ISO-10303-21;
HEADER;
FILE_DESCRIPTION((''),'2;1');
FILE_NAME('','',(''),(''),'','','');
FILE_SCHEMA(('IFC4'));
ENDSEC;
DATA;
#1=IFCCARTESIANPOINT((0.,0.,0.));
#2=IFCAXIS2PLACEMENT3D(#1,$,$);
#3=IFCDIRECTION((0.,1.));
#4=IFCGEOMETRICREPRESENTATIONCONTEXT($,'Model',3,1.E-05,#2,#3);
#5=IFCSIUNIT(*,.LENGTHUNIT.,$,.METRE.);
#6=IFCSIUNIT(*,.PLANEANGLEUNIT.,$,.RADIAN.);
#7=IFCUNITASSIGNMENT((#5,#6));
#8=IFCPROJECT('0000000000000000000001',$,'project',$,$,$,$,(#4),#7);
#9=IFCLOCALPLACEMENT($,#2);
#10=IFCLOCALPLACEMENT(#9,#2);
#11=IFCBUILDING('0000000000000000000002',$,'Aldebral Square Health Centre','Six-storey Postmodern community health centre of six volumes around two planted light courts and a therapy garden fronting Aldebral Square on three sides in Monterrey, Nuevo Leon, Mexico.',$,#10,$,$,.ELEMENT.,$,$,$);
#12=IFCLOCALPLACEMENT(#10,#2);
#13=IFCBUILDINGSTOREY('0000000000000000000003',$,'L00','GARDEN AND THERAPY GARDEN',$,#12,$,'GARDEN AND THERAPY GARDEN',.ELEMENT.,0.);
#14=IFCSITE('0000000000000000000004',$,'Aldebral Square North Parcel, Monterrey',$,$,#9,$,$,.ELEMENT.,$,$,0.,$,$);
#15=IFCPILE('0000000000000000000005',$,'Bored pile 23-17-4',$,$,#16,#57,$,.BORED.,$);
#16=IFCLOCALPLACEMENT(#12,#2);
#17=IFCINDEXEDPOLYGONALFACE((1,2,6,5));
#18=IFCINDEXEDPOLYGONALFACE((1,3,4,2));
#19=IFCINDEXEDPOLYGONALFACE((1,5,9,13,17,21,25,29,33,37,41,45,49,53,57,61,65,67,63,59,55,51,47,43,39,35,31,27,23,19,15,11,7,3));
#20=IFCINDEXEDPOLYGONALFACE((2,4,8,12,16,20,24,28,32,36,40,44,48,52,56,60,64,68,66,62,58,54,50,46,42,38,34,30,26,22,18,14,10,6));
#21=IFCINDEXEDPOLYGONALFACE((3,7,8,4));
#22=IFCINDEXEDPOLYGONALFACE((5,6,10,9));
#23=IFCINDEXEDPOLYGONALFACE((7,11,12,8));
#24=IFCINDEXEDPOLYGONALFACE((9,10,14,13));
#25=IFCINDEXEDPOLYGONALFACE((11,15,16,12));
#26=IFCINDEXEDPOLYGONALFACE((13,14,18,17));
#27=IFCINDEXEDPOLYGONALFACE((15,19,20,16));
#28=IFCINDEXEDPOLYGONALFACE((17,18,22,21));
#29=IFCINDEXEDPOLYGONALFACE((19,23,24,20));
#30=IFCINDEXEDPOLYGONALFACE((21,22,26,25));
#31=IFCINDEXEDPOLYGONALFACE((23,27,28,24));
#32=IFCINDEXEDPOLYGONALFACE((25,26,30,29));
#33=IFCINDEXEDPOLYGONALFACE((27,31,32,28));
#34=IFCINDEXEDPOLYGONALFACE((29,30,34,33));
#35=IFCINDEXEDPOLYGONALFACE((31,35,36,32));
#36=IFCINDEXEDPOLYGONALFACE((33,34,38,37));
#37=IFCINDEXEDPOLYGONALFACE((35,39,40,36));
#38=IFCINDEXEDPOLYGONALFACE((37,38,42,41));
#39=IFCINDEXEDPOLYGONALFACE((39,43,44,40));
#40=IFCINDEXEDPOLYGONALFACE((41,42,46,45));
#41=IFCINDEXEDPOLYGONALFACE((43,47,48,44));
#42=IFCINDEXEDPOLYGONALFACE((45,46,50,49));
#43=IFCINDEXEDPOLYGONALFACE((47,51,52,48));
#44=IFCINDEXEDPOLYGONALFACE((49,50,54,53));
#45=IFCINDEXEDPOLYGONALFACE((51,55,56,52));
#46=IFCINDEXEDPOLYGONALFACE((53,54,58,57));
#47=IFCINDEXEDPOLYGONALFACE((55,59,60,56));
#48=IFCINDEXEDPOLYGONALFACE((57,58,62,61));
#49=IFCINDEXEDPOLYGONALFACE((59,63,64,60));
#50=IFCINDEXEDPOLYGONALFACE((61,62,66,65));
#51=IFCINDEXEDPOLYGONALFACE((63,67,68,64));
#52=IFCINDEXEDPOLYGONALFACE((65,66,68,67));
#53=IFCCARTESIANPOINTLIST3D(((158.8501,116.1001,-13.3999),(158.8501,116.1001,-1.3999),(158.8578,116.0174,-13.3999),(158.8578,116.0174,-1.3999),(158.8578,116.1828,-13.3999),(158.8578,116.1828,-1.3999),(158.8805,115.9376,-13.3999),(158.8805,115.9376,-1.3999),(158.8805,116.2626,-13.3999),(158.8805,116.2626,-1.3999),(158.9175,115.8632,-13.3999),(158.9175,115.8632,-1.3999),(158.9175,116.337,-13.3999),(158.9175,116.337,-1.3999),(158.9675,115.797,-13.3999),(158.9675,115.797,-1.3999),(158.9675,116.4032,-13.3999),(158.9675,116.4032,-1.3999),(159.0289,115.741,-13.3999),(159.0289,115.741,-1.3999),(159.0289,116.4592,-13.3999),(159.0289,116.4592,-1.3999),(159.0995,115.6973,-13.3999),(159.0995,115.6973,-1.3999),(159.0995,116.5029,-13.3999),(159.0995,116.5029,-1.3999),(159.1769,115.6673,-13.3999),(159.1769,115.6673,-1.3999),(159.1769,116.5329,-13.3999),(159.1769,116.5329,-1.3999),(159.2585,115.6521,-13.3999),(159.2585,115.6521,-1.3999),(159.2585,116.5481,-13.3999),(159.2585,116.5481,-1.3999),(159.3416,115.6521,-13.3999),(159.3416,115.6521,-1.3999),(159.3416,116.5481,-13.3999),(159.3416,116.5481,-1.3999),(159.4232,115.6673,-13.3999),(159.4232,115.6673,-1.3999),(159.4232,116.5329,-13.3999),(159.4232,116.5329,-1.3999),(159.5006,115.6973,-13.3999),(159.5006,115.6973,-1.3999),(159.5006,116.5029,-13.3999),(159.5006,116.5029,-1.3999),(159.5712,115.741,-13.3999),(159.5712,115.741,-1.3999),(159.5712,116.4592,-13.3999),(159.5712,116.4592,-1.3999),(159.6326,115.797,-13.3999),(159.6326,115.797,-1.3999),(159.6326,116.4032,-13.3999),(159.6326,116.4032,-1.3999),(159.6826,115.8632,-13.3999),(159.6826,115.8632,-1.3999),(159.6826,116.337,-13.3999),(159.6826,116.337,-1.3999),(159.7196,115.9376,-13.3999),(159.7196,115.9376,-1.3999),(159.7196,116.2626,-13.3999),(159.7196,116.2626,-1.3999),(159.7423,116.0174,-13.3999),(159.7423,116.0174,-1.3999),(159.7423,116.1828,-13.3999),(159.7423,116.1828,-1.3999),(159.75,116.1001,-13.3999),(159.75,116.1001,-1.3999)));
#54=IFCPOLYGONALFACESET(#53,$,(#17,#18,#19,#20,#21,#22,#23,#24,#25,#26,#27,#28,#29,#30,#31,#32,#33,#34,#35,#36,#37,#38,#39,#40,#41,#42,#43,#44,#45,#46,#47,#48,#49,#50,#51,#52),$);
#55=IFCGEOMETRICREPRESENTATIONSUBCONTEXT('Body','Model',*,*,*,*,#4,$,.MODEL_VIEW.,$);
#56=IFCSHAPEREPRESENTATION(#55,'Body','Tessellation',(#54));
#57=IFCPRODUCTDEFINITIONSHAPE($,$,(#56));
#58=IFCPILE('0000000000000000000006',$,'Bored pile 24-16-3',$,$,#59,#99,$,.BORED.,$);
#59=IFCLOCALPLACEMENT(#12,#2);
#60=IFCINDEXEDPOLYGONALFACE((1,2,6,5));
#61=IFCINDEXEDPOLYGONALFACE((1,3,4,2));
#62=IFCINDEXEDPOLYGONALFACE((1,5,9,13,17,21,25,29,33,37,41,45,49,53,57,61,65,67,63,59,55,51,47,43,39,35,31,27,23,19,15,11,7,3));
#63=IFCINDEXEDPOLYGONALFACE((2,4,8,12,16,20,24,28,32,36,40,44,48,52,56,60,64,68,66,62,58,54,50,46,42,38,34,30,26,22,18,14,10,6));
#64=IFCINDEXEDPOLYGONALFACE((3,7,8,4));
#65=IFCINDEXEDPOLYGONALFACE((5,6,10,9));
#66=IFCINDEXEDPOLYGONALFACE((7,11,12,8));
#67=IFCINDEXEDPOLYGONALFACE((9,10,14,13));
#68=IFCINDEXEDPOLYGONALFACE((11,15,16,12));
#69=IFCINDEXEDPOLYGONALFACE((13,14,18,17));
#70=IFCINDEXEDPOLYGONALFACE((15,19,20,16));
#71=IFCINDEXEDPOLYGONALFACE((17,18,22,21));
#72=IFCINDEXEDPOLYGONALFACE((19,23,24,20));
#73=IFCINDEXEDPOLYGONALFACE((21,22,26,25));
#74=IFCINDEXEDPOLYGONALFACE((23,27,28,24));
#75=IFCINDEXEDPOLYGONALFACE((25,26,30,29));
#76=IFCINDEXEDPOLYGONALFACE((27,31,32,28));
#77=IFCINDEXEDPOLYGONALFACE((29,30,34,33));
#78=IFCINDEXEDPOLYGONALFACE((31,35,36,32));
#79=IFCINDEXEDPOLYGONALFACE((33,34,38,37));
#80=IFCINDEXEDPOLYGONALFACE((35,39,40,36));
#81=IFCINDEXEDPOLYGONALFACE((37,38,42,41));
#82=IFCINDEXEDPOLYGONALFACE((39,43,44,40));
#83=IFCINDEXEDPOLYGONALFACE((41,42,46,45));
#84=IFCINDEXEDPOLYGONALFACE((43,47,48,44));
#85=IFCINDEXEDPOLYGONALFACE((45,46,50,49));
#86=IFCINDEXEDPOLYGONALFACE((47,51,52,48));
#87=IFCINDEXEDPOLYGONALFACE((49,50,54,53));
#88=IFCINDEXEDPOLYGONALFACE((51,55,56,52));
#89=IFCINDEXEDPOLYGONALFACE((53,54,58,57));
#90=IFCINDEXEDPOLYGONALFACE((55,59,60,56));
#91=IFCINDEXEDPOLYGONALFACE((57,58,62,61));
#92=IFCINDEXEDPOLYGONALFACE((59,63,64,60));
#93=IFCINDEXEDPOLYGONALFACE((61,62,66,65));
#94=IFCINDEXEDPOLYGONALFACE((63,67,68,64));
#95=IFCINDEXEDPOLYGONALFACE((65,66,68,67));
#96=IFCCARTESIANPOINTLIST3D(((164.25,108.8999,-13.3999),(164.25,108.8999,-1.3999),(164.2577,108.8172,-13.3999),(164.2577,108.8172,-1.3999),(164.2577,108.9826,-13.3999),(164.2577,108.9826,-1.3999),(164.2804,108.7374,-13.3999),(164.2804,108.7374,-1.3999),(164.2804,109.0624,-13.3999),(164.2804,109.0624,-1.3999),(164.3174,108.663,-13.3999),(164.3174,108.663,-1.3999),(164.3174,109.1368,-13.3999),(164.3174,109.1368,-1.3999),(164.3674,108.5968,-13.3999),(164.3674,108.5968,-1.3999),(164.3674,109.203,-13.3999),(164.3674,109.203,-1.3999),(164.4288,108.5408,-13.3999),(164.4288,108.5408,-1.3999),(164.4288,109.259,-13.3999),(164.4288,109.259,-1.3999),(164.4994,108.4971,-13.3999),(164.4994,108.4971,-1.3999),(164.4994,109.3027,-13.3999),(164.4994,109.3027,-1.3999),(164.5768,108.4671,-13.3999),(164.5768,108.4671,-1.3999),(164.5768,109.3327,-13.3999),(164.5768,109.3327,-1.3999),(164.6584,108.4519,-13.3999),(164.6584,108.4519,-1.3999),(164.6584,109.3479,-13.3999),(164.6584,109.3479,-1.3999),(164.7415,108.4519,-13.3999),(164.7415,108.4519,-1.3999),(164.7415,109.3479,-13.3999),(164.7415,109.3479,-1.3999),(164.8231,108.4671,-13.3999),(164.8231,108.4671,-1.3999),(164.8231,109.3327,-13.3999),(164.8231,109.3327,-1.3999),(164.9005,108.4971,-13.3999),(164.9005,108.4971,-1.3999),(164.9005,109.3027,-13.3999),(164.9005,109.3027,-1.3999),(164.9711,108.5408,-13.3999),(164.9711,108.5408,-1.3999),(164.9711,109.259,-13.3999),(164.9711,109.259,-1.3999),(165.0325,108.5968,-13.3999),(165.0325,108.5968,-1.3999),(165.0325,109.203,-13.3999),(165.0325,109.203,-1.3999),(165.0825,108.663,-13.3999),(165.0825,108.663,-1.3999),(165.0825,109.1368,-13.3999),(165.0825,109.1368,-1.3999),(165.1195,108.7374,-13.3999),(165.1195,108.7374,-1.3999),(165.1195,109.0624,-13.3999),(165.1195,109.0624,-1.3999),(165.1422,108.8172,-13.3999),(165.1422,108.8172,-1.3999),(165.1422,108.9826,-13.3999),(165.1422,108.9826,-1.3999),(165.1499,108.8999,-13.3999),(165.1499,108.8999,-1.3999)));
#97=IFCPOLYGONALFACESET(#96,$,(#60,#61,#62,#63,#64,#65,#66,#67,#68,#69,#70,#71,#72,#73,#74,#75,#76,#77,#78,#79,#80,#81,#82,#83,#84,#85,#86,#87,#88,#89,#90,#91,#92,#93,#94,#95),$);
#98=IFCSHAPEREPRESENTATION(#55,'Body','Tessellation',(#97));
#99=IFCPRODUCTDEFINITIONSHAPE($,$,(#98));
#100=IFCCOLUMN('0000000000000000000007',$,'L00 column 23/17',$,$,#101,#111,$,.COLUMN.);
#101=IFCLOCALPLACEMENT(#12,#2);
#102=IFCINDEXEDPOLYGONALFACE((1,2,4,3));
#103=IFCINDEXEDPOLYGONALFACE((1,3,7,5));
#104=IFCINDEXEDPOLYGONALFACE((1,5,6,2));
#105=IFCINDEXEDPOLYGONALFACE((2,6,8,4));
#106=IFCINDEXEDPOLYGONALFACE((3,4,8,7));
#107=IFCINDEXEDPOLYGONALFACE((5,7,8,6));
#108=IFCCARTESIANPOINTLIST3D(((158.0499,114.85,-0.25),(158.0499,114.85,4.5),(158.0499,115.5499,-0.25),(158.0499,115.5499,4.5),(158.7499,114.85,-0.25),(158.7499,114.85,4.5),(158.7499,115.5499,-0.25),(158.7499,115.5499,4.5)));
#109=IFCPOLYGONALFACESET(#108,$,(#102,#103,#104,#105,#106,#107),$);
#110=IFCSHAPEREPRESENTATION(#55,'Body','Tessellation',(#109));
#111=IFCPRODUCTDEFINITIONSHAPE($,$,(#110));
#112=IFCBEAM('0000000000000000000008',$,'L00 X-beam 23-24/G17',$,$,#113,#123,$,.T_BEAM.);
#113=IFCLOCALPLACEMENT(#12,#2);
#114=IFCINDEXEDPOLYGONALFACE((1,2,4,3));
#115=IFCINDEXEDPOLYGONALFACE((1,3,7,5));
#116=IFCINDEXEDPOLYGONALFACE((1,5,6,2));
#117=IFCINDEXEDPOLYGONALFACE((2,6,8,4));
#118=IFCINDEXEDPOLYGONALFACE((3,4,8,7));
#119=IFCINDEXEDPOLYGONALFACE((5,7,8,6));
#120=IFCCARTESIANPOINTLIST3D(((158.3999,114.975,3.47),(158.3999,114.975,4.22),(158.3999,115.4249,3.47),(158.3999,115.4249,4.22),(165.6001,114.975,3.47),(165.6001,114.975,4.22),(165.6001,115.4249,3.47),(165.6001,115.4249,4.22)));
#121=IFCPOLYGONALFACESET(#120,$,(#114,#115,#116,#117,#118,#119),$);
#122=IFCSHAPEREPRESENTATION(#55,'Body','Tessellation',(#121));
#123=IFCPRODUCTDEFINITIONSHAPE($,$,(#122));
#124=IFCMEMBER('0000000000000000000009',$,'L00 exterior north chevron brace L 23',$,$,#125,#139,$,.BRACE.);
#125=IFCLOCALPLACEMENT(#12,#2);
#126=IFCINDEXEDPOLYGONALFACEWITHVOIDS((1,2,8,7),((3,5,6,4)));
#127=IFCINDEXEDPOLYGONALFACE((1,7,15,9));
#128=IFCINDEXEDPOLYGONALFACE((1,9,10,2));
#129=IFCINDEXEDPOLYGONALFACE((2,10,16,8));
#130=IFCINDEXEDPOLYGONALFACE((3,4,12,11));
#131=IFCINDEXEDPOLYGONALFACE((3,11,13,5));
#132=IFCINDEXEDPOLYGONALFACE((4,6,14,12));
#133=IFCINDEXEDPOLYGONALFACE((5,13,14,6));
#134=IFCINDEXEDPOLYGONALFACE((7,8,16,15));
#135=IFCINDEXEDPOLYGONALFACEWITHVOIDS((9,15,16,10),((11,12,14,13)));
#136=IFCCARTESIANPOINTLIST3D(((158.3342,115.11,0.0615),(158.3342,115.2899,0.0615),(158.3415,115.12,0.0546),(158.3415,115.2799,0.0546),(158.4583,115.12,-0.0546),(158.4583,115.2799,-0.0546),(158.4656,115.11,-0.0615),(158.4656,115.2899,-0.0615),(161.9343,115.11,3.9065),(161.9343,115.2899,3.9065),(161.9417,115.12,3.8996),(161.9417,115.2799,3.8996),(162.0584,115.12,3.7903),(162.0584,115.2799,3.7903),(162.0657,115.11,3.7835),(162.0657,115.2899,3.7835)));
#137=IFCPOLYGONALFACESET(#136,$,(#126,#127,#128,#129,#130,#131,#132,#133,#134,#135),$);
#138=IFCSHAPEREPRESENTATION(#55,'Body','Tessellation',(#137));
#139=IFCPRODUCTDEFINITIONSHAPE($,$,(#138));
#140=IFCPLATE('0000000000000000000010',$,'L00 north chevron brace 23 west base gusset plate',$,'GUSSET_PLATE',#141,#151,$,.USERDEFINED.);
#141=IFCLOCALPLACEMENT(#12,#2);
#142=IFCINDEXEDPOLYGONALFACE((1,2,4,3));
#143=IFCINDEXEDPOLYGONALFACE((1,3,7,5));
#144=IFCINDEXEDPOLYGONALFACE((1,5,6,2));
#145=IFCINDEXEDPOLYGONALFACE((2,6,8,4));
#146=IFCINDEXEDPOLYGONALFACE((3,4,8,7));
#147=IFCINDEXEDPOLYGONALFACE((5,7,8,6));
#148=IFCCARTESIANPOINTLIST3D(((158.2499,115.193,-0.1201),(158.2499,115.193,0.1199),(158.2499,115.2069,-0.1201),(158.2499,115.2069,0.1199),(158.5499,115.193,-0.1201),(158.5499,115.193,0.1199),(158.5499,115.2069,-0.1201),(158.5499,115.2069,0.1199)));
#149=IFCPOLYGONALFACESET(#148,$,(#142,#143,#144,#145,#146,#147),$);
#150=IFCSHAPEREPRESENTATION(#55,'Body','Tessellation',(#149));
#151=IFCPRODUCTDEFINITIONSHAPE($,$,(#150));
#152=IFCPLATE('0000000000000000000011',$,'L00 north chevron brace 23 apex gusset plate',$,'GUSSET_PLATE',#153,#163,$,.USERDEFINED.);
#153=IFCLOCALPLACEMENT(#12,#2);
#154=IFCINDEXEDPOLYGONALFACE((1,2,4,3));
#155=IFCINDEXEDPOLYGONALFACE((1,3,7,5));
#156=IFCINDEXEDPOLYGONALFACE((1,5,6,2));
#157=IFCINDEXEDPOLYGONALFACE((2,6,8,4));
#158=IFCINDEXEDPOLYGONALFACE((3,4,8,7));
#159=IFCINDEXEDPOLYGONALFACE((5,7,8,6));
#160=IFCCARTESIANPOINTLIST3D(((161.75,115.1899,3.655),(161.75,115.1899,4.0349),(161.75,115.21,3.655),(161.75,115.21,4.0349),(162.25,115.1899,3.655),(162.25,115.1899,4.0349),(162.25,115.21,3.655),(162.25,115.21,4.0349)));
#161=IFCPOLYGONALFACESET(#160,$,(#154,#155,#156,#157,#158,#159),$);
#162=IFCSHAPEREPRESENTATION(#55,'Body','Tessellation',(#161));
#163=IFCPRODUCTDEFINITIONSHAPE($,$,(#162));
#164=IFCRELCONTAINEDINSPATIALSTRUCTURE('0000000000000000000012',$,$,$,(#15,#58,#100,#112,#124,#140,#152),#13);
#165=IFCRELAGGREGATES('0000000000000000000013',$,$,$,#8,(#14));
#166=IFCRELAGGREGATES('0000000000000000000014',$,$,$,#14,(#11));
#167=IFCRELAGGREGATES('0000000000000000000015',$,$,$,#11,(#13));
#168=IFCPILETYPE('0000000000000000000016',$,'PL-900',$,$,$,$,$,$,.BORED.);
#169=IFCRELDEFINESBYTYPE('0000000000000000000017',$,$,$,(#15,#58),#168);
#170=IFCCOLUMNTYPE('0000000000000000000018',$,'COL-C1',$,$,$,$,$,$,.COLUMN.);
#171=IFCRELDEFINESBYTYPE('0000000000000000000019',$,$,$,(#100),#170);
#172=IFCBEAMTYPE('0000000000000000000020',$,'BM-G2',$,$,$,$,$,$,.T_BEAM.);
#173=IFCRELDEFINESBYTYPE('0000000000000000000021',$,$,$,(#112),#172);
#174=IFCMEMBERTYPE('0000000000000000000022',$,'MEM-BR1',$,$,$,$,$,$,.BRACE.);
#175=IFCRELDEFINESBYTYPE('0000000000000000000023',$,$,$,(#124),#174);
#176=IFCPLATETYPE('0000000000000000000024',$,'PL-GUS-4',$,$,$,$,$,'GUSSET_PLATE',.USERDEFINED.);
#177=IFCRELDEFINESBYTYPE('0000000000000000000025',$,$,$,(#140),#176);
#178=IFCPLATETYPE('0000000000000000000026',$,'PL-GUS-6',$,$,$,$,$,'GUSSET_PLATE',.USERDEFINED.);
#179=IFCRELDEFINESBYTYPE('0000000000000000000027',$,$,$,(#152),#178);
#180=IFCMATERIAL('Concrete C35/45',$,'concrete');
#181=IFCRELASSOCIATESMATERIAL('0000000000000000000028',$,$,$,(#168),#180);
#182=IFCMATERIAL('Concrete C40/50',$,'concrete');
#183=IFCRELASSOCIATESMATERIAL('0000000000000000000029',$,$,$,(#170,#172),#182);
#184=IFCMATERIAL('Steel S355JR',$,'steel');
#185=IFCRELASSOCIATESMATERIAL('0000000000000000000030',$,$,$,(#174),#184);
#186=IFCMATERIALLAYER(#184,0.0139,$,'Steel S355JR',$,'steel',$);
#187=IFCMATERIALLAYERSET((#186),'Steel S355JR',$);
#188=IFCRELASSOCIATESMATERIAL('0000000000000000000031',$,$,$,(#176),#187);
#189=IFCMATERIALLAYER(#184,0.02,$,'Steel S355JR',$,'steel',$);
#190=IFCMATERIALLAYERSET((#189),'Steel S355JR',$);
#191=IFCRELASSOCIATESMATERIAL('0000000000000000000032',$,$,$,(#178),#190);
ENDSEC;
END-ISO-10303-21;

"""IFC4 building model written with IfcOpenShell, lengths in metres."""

from ifc_helpers import new_model, si_unit, direction, frame, origin, origin_2d, place, context, subcontext, project, spatial, rectangle, hollow_rectangle, circle, extrude, material, layer, layer_set, material_profile, profile_set, type_object, element, save


model = new_model("IFC4")

# Units and contexts
model_context = context("Model", 3, precision=1e-05, world=origin(), true_north=direction((0.0, 1.0)))
body_context = subcontext(model_context, "Body", "Model", "MODEL_VIEW")
ifc_project = project(units=[si_unit("LENGTHUNIT", "METRE"), si_unit("PLANEANGLEUNIT", "RADIAN")], contexts=[model_context])

# Site, building, storey
site_placement = place(None, origin())
site = spatial("IfcSite", under=ifc_project, at=site_placement, Name="Aldebral Square North Parcel, Monterrey", CompositionType="ELEMENT", RefElevation=0.0)
building_placement = place(site_placement, origin())
building = spatial("IfcBuilding", under=site, at=building_placement, Name="Aldebral Square Health Centre", Description="Six-storey Postmodern community health centre of six volumes around two planted light courts and a therapy garden fronting Aldebral Square on three sides in Monterrey, Nuevo Leon, Mexico.", CompositionType="ELEMENT")
storey_placement = place(building_placement, origin())
storey = spatial("IfcBuildingStorey", under=building, at=storey_placement, Name="L00", Description="GARDEN AND THERAPY GARDEN", LongName="GARDEN AND THERAPY GARDEN", CompositionType="ELEMENT", Elevation=0.0)

# Shared definitions
ifc_material_1 = material(Name="Concrete C35/45", Category="concrete")

# Piles
ifc_material_profile_1 = material_profile(ifc_material_1, circle(Radius=0.45, at=origin_2d()), Name="PILE D900")
ifc_profile_set_1 = profile_set([ifc_material_profile_1], Name="Concrete C35/45")
pile_type = type_object("IfcPileType", Name="PL-900", PredefinedType="BORED", material=ifc_profile_set_1)
for number, where, z_axis, x_axis, name in (
    (1, (159.3, 116.1001, -1.3999), (0.0, 0.0, -1.0), (1.0, 0.0, 0.0), "Bored pile 23-17-4"),
    (2, (164.7, 108.8999, -1.3999), (0.0, 0.0, -1.0), (1.0, 0.0, 0.0), "Bored pile 24-16-3"),
):
    element("IfcPile", number, at=place(storey_placement, frame(where, z_axis=z_axis, x_axis=x_axis)), inside=storey, type_object=pile_type, Name=name, PredefinedType="BORED", context=body_context, shape_type="SweptSolid", body=[
        extrude(circle(Radius=0.45, at=origin_2d()), origin(), (0.0, 0.0, 1.0), 12.0),
    ])

# Column
ifc_material_2 = material(Name="Concrete C40/50", Category="concrete")
ifc_material_profile_2 = material_profile(ifc_material_2, rectangle(XDim=0.7, YDim=0.7, at=origin_2d()), Name="RC 700x700")
ifc_profile_set_2 = profile_set([ifc_material_profile_2], Name="Concrete C40/50")
column_type = type_object("IfcColumnType", Name="COL-C1", PredefinedType="COLUMN", material=ifc_profile_set_2)
column_placement = place(storey_placement, frame((158.3999, 115.2, -0.25), z_axis=(0.0, 0.0, 1.0), x_axis=(1.0, 0.0, 0.0)))
element("IfcColumn", 3, at=column_placement, inside=storey, type_object=column_type, Name="L00 column 23/17", PredefinedType="COLUMN", context=body_context, shape_type="SweptSolid", body=[
    extrude(rectangle(XDim=0.7, YDim=0.7, at=origin_2d()), origin(), (0.0, 0.0, 1.0), 4.75),
])

# Beam
ifc_material_profile_3 = material_profile(ifc_material_2, rectangle(XDim=0.45, YDim=0.75, at=origin_2d()), Name="RC 450x750")
ifc_profile_set_3 = profile_set([ifc_material_profile_3], Name="Concrete C40/50")
beam_type = type_object("IfcBeamType", Name="BM-G2", PredefinedType="T_BEAM", material=ifc_profile_set_3)
beam_placement = place(storey_placement, frame((158.3999, 115.2, 3.845), z_axis=(1.0, 0.0, 0.0), x_axis=(0.0, 1.0, 0.0)))
element("IfcBeam", 4, at=beam_placement, inside=storey, type_object=beam_type, Name="L00 X-beam 23-24/G17", PredefinedType="T_BEAM", context=body_context, shape_type="SweptSolid", body=[
    extrude(rectangle(XDim=0.45, YDim=0.75, at=origin_2d()), origin(), (0.0, 0.0, 1.0), 7.2002),
])

# Member
ifc_material_3 = material(Name="Steel S355JR", Category="steel")
ifc_material_profile_4 = material_profile(ifc_material_3, hollow_rectangle(XDim=0.1799, YDim=0.1799, WallThickness=0.01, at=origin_2d()), Name="180x180x10 SHS")
ifc_profile_set_4 = profile_set([ifc_material_profile_4], Name="Steel S355JR")
member_type = type_object("IfcMemberType", Name="MEM-BR1", PredefinedType="BRACE", material=ifc_profile_set_4)
member_placement = place(storey_placement, frame((158.3999, 115.2, 0.0), z_axis=(0.68348, 0.0, 0.729969), x_axis=(0.0, 1.0, 0.0)))
element("IfcMember", 5, at=member_placement, inside=storey, type_object=member_type, Name="L00 exterior north chevron brace L 23", PredefinedType="BRACE", context=body_context, shape_type="SweptSolid", body=[
    extrude(hollow_rectangle(XDim=0.1799, YDim=0.1799, WallThickness=0.01, at=origin_2d()), origin(), (0.0, 0.0, 1.0), 5.2673),
])

# Plates
ifc_layer_1 = layer(ifc_material_3, 0.0139, Name="Steel S355JR", Category="steel")
ifc_layer_set_1 = layer_set([ifc_layer_1], Name="Steel S355JR")
plate_type_1 = type_object("IfcPlateType", Name="PL-GUS-4", ElementType="GUSSET_PLATE", PredefinedType="USERDEFINED", material=ifc_layer_set_1)
plate_1_placement = place(storey_placement, frame((158.3999, 115.2, -0.1201), z_axis=(0.0, 0.0, 1.0), x_axis=(1.0, 0.0, 0.0)))
element("IfcPlate", 6, at=plate_1_placement, inside=storey, type_object=plate_type_1, Name="L00 north chevron brace 23 west base gusset plate", ObjectType="GUSSET_PLATE", PredefinedType="USERDEFINED", context=body_context, shape_type="SweptSolid", body=[
    extrude(rectangle(XDim=0.3, YDim=0.0139, at=origin_2d()), origin(), (0.0, 0.0, 1.0), 0.24),
])
ifc_layer_2 = layer(ifc_material_3, 0.02, Name="Steel S355JR", Category="steel")
ifc_layer_set_2 = layer_set([ifc_layer_2], Name="Steel S355JR")
plate_type_2 = type_object("IfcPlateType", Name="PL-GUS-6", ElementType="GUSSET_PLATE", PredefinedType="USERDEFINED", material=ifc_layer_set_2)
plate_2_placement = place(storey_placement, frame((162.0, 115.2, 3.655), z_axis=(0.0, 0.0, 1.0), x_axis=(1.0, 0.0, 0.0)))
element("IfcPlate", 7, at=plate_2_placement, inside=storey, type_object=plate_type_2, Name="L00 north chevron brace 23 apex gusset plate", ObjectType="GUSSET_PLATE", PredefinedType="USERDEFINED", context=body_context, shape_type="SweptSolid", body=[
    extrude(rectangle(XDim=0.5, YDim=0.02, at=origin_2d()), origin(), (0.0, 0.0, 1.0), 0.3799),
])

save(model, "model.ifc")
